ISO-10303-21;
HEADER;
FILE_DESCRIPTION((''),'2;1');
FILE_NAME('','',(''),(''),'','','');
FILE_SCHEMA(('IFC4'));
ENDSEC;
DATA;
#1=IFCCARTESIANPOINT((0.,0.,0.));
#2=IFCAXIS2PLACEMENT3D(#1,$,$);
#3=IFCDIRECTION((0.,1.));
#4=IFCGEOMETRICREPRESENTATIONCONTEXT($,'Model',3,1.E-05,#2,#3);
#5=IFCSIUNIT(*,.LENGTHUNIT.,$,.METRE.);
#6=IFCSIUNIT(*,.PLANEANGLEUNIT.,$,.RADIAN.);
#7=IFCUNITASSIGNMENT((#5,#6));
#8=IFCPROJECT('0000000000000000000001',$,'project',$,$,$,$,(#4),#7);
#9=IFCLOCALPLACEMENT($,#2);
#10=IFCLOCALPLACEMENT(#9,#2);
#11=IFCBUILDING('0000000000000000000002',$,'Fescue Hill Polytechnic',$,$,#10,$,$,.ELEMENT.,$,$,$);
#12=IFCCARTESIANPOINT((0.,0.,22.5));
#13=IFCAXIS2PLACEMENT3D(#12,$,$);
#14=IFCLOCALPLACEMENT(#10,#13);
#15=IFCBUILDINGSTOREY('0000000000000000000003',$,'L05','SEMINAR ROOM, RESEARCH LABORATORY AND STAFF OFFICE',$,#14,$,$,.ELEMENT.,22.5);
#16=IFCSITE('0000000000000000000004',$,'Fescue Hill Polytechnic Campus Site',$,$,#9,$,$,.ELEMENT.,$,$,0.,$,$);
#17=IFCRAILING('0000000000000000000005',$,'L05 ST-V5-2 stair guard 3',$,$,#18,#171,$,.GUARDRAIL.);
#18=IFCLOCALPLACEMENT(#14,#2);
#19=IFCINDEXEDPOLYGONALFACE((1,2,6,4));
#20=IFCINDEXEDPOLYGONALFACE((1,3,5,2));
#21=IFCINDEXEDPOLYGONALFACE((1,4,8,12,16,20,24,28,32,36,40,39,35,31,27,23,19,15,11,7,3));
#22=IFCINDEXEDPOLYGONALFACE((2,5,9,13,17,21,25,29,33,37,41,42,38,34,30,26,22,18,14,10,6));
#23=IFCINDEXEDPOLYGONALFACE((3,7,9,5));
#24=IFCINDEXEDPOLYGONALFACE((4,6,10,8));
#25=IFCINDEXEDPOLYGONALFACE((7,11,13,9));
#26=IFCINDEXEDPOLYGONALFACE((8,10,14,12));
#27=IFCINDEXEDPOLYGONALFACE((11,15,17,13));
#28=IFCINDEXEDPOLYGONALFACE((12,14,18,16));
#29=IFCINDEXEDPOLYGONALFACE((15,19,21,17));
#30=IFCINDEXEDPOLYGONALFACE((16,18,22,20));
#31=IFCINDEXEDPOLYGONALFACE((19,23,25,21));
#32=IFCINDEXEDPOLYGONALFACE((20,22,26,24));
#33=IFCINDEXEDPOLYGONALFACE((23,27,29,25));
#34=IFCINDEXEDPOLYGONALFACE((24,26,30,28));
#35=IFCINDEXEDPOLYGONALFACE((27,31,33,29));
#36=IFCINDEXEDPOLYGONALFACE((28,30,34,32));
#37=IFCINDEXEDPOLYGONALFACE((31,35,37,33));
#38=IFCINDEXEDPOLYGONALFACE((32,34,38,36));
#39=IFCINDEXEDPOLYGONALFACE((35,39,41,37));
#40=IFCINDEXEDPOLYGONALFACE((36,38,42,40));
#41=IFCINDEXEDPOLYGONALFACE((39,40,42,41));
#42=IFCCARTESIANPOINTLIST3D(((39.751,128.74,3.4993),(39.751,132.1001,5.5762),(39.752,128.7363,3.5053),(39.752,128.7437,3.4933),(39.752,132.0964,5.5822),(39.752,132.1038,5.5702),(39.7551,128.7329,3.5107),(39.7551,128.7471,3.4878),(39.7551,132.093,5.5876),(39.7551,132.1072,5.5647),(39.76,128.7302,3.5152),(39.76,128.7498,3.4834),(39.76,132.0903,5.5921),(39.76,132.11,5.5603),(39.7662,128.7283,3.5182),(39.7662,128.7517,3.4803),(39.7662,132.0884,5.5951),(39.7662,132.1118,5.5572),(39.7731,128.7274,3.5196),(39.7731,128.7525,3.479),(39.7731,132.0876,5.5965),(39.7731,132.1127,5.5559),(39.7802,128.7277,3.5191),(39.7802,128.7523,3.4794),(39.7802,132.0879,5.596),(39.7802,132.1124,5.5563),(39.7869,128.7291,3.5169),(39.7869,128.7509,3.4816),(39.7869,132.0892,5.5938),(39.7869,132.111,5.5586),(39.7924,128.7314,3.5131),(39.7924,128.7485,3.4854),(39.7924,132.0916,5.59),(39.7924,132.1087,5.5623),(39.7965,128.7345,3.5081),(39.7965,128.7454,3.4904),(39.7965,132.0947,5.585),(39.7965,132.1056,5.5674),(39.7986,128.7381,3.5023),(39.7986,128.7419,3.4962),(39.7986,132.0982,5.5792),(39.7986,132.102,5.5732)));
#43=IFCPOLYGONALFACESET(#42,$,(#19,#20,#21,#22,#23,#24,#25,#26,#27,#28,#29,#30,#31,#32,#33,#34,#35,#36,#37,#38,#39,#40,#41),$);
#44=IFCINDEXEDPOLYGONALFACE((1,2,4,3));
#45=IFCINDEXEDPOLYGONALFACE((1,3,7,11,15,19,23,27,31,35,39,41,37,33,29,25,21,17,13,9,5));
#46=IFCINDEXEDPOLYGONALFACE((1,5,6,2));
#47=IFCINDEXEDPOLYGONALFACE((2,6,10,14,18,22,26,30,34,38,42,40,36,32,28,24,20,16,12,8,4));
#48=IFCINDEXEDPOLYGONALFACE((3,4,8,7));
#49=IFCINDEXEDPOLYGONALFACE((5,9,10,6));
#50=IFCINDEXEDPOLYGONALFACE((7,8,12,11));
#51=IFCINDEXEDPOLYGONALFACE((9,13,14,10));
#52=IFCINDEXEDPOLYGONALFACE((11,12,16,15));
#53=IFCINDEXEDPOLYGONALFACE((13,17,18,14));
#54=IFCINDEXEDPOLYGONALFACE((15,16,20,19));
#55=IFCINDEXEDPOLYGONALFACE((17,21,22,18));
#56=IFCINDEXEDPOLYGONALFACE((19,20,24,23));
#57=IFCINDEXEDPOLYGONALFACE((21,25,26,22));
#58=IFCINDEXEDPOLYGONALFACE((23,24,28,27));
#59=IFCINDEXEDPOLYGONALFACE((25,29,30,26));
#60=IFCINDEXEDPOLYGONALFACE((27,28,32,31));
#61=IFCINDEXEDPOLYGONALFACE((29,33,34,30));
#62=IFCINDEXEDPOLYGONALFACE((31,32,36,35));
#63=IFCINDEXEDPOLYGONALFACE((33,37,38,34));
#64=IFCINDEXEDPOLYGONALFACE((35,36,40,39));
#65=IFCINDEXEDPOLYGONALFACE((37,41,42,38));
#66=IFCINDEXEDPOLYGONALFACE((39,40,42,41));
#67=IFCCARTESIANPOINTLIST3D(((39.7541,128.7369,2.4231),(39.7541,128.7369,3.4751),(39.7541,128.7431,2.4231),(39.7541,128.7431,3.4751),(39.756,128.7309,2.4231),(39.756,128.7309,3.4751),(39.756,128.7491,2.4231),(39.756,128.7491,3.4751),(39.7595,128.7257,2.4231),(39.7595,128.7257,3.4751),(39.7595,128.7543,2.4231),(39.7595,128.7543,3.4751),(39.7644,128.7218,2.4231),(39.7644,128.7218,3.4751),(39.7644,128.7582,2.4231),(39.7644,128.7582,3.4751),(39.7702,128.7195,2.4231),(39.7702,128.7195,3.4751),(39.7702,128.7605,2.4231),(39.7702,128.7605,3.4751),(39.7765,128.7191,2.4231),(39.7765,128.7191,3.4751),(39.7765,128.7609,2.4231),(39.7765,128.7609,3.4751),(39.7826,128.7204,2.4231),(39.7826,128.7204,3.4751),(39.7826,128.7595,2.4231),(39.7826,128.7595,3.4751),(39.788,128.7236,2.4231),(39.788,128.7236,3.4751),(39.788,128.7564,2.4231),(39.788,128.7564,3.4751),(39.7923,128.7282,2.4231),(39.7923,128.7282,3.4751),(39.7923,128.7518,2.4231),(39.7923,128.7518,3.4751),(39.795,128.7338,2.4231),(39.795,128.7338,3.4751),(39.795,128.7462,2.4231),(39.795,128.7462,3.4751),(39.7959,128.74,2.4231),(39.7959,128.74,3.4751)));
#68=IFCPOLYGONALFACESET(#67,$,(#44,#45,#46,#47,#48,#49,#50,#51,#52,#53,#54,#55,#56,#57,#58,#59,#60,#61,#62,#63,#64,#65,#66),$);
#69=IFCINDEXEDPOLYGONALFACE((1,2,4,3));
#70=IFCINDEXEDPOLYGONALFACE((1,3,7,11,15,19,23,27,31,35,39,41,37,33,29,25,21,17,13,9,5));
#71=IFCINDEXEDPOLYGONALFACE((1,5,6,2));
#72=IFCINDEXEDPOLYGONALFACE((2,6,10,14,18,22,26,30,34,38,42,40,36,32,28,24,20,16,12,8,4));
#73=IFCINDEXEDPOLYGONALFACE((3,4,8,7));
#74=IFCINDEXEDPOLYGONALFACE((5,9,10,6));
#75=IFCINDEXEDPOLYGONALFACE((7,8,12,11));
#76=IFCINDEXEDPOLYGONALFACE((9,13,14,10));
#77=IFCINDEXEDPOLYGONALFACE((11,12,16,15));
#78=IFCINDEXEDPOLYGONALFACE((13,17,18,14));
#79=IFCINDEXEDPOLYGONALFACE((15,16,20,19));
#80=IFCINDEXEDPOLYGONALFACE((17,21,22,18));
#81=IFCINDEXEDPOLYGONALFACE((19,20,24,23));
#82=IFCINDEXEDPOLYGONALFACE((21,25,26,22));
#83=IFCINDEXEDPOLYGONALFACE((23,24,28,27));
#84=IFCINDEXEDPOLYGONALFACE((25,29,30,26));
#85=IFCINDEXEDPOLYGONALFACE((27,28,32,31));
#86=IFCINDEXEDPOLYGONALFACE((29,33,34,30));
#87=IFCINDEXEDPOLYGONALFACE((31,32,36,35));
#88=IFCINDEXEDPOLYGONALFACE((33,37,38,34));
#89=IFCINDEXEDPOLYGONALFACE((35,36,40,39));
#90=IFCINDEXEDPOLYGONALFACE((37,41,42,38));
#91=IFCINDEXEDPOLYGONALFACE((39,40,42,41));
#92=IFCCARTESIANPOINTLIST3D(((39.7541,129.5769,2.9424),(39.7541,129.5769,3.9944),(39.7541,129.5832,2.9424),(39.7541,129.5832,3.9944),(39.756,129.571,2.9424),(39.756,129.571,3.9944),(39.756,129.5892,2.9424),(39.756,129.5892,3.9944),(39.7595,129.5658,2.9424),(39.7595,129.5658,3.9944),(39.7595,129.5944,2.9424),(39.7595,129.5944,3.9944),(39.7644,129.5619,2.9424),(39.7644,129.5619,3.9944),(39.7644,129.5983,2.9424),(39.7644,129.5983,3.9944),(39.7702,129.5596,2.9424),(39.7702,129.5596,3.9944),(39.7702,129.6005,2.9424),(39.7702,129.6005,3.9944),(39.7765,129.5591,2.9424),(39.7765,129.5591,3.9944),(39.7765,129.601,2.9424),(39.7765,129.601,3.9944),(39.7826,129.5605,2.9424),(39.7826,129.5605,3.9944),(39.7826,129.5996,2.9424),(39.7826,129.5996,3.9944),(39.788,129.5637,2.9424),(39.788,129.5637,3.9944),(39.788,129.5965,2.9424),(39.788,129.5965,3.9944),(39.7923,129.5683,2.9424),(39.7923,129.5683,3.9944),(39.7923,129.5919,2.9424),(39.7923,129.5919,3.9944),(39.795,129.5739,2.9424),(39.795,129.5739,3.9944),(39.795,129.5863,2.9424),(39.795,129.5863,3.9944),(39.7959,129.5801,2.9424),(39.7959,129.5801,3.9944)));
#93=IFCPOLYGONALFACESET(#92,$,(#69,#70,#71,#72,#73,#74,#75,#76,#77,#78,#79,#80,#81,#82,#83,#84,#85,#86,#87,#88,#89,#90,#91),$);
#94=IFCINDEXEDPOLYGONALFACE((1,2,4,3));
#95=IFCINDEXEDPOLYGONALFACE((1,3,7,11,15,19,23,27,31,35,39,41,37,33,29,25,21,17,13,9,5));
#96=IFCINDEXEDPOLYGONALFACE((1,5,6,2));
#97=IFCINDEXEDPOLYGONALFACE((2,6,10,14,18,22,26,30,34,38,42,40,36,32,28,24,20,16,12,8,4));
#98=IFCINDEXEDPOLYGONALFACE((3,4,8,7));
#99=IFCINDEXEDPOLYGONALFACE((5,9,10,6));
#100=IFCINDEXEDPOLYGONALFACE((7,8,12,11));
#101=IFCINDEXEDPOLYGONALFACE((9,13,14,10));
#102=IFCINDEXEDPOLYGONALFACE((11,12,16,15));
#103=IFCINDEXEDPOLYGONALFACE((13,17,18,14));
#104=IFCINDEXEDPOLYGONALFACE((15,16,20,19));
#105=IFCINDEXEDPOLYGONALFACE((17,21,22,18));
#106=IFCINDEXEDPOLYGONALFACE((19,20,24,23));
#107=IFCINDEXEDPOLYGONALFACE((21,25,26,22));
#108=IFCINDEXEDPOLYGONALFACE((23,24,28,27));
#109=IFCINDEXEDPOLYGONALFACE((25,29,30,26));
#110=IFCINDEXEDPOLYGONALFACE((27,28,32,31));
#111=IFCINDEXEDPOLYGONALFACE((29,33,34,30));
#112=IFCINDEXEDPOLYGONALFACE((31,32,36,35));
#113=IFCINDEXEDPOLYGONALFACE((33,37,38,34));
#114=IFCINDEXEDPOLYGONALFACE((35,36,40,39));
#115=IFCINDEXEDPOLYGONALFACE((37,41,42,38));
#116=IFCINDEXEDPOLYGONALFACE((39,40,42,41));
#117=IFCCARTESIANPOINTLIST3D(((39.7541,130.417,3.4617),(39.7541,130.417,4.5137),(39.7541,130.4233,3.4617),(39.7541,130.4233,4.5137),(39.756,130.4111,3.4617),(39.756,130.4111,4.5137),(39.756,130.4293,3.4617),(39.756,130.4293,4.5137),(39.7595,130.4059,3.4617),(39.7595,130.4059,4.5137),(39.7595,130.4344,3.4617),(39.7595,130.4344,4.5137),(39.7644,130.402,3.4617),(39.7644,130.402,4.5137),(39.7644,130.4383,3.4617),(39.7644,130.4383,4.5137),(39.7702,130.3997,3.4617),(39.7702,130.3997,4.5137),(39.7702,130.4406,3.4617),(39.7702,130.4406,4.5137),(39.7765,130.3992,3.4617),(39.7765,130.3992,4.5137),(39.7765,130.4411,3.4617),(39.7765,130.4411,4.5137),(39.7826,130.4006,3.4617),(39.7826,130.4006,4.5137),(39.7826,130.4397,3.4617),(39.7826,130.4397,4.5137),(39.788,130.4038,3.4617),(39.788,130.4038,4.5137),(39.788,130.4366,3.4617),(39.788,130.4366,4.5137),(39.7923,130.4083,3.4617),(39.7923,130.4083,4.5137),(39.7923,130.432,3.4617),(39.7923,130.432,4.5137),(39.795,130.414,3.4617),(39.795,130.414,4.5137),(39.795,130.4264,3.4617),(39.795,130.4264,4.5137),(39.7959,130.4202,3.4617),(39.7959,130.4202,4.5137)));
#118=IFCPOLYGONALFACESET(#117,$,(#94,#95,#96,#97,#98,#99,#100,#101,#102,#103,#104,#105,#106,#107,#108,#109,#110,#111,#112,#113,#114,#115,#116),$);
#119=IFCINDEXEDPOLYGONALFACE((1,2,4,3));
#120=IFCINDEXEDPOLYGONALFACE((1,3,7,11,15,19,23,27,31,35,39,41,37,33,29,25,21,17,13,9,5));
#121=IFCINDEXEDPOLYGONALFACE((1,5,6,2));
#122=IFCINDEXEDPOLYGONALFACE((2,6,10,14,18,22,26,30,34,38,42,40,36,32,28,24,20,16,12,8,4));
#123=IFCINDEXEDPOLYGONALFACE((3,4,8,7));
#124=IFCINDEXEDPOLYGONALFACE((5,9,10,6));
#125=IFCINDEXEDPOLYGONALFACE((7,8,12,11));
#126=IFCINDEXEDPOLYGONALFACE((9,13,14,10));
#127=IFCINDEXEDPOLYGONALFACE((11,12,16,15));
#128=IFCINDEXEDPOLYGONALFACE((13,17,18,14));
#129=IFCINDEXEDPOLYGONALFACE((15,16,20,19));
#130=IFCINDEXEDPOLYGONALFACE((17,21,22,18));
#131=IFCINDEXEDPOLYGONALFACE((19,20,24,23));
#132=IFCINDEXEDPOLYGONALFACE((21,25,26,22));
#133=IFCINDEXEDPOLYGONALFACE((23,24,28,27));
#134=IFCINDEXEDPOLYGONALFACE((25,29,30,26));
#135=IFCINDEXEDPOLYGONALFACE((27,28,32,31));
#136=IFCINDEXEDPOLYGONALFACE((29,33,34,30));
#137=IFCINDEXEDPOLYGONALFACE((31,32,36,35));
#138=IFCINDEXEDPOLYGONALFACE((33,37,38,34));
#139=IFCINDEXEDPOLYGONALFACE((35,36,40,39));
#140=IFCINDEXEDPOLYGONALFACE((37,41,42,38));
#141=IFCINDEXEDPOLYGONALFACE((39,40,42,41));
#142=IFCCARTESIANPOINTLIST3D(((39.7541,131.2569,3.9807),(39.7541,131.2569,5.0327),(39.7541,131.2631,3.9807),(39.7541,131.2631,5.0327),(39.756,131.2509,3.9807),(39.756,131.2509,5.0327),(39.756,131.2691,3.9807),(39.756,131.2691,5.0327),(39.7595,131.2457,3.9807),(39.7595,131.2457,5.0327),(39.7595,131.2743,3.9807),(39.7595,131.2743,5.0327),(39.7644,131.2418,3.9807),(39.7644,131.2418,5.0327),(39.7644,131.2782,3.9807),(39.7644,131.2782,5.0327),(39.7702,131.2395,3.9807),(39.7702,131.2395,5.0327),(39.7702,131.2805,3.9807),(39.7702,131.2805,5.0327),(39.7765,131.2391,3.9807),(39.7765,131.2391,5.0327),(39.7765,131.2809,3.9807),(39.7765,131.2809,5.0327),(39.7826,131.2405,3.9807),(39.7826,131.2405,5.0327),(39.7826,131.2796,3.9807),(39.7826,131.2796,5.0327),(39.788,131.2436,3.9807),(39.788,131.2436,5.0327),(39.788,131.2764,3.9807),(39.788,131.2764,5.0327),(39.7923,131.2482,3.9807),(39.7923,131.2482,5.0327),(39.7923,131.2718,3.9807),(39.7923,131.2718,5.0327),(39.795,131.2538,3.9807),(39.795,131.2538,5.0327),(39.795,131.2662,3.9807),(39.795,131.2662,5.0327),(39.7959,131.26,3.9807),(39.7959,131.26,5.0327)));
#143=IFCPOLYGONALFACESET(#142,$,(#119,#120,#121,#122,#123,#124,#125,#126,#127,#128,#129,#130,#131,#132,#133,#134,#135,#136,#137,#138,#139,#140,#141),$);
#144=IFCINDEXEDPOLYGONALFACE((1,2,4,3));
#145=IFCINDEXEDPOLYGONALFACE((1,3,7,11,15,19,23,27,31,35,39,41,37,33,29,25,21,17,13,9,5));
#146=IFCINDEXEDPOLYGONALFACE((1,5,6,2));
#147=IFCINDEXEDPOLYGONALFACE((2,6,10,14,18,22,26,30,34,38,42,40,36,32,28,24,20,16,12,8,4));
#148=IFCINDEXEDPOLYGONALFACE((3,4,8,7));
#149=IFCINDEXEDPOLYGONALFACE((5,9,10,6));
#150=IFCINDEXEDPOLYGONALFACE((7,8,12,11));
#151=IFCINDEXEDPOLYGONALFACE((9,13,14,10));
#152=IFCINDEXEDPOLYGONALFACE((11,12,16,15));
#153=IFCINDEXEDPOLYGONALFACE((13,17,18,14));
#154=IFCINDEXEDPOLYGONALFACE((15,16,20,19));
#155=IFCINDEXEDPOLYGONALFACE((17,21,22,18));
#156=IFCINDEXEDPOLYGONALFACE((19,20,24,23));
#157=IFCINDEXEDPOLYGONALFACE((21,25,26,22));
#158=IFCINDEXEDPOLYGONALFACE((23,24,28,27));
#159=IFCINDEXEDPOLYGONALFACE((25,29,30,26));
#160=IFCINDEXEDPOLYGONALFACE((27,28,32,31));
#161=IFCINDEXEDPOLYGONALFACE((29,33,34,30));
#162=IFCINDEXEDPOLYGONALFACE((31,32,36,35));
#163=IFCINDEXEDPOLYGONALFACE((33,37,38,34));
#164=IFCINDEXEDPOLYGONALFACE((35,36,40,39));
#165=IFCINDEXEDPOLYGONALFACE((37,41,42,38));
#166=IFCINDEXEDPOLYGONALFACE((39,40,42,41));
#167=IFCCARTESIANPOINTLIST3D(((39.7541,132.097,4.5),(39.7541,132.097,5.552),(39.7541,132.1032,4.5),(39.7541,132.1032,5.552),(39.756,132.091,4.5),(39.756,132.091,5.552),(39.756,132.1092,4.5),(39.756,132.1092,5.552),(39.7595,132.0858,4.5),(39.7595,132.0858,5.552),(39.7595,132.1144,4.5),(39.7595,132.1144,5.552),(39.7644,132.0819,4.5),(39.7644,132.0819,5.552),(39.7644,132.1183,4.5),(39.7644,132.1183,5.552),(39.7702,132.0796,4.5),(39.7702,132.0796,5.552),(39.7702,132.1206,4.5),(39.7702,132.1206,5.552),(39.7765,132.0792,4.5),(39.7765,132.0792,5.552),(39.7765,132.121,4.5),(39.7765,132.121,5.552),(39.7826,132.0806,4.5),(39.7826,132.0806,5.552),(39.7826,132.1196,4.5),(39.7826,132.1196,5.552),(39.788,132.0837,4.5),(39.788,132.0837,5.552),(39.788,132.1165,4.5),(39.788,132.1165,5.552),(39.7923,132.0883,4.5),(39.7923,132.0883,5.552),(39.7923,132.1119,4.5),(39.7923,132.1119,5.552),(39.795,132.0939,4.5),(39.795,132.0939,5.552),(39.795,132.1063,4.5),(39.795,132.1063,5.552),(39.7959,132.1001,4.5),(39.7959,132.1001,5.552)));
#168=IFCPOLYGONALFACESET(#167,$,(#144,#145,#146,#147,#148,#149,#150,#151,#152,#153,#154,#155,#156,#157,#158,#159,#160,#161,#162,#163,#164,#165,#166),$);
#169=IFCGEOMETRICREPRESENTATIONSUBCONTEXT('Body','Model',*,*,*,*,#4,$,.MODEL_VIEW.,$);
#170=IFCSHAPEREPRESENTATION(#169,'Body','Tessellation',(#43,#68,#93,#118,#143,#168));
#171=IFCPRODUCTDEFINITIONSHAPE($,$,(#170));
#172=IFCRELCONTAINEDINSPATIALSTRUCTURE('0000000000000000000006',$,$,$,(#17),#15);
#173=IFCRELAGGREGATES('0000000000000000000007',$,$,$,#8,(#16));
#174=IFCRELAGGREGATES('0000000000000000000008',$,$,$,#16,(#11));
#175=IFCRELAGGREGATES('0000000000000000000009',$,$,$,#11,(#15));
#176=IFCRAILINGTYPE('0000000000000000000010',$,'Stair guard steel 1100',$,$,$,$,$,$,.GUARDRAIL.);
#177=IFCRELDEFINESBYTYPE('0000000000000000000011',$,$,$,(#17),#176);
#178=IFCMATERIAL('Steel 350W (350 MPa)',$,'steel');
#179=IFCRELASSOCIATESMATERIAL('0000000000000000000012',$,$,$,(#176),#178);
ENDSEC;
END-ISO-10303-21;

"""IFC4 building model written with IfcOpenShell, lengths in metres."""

from ifc_helpers import new_model, si_unit, direction, frame, origin, origin_2d, place, context, subcontext, project, spatial, circle, extrude, material, type_object, element, save


model = new_model("IFC4")

# Units and contexts
model_context = context("Model", 3, precision=1e-05, world=origin(), true_north=direction((0.0, 1.0)))
body_context = subcontext(model_context, "Body", "Model", "MODEL_VIEW")
ifc_project = project(units=[si_unit("LENGTHUNIT", "METRE"), si_unit("PLANEANGLEUNIT", "RADIAN")], contexts=[model_context])

# Site, building, storey
site_placement = place(None, origin())
site = spatial("IfcSite", under=ifc_project, at=site_placement, Name="Fescue Hill Polytechnic Campus Site", CompositionType="ELEMENT", RefElevation=0.0)
building_placement = place(site_placement, origin())
building = spatial("IfcBuilding", under=site, at=building_placement, Name="Fescue Hill Polytechnic", CompositionType="ELEMENT")
storey_placement = place(building_placement, frame((0.0, 0.0, 22.5)))
storey = spatial("IfcBuildingStorey", under=building, at=storey_placement, Name="L05", Description="SEMINAR ROOM, RESEARCH LABORATORY AND STAFF OFFICE", CompositionType="ELEMENT", Elevation=22.5)

# Railing
ifc_material_1 = material(Name="Steel 350W (350 MPa)", Category="steel")
railing_type_1 = type_object("IfcRailingType", Name="Stair guard steel 1100", PredefinedType="GUARDRAIL", material=ifc_material_1)
railing_1_placement = place(storey_placement, frame((39.7749, 128.74, 2.4231)))
element("IfcRailing", 1, at=railing_1_placement, inside=storey, type_object=railing_type_1, Name="L05 ST-V5-2 stair guard 3", PredefinedType="GUARDRAIL", context=body_context, shape_type="SweptSolid", body=[
    extrude(circle(Radius=0.0239, at=origin_2d()), frame((0.0, 0.0, 1.0762), z_axis=(0.0, 0.850623, 0.525776), x_axis=(-1.0, 0.0, 0.0)), (0.0, 0.0, 1.0), 3.9502),
    extrude(circle(Radius=0.021, at=origin_2d()), origin(), (0.0, 0.0, 1.0), 1.052),
    extrude(circle(Radius=0.021, at=origin_2d()), frame((0.0, 0.8401, 0.5193)), (0.0, 0.0, 1.0), 1.052),
    extrude(circle(Radius=0.021, at=origin_2d()), frame((0.0, 1.6802, 1.0386)), (0.0, 0.0, 1.0), 1.052),
    extrude(circle(Radius=0.021, at=origin_2d()), frame((0.0, 2.52, 1.5576)), (0.0, 0.0, 1.0), 1.052),
    extrude(circle(Radius=0.021, at=origin_2d()), frame((0.0, 3.3601, 2.0769)), (0.0, 0.0, 1.0), 1.052),
])

save(model, "model.ifc")
